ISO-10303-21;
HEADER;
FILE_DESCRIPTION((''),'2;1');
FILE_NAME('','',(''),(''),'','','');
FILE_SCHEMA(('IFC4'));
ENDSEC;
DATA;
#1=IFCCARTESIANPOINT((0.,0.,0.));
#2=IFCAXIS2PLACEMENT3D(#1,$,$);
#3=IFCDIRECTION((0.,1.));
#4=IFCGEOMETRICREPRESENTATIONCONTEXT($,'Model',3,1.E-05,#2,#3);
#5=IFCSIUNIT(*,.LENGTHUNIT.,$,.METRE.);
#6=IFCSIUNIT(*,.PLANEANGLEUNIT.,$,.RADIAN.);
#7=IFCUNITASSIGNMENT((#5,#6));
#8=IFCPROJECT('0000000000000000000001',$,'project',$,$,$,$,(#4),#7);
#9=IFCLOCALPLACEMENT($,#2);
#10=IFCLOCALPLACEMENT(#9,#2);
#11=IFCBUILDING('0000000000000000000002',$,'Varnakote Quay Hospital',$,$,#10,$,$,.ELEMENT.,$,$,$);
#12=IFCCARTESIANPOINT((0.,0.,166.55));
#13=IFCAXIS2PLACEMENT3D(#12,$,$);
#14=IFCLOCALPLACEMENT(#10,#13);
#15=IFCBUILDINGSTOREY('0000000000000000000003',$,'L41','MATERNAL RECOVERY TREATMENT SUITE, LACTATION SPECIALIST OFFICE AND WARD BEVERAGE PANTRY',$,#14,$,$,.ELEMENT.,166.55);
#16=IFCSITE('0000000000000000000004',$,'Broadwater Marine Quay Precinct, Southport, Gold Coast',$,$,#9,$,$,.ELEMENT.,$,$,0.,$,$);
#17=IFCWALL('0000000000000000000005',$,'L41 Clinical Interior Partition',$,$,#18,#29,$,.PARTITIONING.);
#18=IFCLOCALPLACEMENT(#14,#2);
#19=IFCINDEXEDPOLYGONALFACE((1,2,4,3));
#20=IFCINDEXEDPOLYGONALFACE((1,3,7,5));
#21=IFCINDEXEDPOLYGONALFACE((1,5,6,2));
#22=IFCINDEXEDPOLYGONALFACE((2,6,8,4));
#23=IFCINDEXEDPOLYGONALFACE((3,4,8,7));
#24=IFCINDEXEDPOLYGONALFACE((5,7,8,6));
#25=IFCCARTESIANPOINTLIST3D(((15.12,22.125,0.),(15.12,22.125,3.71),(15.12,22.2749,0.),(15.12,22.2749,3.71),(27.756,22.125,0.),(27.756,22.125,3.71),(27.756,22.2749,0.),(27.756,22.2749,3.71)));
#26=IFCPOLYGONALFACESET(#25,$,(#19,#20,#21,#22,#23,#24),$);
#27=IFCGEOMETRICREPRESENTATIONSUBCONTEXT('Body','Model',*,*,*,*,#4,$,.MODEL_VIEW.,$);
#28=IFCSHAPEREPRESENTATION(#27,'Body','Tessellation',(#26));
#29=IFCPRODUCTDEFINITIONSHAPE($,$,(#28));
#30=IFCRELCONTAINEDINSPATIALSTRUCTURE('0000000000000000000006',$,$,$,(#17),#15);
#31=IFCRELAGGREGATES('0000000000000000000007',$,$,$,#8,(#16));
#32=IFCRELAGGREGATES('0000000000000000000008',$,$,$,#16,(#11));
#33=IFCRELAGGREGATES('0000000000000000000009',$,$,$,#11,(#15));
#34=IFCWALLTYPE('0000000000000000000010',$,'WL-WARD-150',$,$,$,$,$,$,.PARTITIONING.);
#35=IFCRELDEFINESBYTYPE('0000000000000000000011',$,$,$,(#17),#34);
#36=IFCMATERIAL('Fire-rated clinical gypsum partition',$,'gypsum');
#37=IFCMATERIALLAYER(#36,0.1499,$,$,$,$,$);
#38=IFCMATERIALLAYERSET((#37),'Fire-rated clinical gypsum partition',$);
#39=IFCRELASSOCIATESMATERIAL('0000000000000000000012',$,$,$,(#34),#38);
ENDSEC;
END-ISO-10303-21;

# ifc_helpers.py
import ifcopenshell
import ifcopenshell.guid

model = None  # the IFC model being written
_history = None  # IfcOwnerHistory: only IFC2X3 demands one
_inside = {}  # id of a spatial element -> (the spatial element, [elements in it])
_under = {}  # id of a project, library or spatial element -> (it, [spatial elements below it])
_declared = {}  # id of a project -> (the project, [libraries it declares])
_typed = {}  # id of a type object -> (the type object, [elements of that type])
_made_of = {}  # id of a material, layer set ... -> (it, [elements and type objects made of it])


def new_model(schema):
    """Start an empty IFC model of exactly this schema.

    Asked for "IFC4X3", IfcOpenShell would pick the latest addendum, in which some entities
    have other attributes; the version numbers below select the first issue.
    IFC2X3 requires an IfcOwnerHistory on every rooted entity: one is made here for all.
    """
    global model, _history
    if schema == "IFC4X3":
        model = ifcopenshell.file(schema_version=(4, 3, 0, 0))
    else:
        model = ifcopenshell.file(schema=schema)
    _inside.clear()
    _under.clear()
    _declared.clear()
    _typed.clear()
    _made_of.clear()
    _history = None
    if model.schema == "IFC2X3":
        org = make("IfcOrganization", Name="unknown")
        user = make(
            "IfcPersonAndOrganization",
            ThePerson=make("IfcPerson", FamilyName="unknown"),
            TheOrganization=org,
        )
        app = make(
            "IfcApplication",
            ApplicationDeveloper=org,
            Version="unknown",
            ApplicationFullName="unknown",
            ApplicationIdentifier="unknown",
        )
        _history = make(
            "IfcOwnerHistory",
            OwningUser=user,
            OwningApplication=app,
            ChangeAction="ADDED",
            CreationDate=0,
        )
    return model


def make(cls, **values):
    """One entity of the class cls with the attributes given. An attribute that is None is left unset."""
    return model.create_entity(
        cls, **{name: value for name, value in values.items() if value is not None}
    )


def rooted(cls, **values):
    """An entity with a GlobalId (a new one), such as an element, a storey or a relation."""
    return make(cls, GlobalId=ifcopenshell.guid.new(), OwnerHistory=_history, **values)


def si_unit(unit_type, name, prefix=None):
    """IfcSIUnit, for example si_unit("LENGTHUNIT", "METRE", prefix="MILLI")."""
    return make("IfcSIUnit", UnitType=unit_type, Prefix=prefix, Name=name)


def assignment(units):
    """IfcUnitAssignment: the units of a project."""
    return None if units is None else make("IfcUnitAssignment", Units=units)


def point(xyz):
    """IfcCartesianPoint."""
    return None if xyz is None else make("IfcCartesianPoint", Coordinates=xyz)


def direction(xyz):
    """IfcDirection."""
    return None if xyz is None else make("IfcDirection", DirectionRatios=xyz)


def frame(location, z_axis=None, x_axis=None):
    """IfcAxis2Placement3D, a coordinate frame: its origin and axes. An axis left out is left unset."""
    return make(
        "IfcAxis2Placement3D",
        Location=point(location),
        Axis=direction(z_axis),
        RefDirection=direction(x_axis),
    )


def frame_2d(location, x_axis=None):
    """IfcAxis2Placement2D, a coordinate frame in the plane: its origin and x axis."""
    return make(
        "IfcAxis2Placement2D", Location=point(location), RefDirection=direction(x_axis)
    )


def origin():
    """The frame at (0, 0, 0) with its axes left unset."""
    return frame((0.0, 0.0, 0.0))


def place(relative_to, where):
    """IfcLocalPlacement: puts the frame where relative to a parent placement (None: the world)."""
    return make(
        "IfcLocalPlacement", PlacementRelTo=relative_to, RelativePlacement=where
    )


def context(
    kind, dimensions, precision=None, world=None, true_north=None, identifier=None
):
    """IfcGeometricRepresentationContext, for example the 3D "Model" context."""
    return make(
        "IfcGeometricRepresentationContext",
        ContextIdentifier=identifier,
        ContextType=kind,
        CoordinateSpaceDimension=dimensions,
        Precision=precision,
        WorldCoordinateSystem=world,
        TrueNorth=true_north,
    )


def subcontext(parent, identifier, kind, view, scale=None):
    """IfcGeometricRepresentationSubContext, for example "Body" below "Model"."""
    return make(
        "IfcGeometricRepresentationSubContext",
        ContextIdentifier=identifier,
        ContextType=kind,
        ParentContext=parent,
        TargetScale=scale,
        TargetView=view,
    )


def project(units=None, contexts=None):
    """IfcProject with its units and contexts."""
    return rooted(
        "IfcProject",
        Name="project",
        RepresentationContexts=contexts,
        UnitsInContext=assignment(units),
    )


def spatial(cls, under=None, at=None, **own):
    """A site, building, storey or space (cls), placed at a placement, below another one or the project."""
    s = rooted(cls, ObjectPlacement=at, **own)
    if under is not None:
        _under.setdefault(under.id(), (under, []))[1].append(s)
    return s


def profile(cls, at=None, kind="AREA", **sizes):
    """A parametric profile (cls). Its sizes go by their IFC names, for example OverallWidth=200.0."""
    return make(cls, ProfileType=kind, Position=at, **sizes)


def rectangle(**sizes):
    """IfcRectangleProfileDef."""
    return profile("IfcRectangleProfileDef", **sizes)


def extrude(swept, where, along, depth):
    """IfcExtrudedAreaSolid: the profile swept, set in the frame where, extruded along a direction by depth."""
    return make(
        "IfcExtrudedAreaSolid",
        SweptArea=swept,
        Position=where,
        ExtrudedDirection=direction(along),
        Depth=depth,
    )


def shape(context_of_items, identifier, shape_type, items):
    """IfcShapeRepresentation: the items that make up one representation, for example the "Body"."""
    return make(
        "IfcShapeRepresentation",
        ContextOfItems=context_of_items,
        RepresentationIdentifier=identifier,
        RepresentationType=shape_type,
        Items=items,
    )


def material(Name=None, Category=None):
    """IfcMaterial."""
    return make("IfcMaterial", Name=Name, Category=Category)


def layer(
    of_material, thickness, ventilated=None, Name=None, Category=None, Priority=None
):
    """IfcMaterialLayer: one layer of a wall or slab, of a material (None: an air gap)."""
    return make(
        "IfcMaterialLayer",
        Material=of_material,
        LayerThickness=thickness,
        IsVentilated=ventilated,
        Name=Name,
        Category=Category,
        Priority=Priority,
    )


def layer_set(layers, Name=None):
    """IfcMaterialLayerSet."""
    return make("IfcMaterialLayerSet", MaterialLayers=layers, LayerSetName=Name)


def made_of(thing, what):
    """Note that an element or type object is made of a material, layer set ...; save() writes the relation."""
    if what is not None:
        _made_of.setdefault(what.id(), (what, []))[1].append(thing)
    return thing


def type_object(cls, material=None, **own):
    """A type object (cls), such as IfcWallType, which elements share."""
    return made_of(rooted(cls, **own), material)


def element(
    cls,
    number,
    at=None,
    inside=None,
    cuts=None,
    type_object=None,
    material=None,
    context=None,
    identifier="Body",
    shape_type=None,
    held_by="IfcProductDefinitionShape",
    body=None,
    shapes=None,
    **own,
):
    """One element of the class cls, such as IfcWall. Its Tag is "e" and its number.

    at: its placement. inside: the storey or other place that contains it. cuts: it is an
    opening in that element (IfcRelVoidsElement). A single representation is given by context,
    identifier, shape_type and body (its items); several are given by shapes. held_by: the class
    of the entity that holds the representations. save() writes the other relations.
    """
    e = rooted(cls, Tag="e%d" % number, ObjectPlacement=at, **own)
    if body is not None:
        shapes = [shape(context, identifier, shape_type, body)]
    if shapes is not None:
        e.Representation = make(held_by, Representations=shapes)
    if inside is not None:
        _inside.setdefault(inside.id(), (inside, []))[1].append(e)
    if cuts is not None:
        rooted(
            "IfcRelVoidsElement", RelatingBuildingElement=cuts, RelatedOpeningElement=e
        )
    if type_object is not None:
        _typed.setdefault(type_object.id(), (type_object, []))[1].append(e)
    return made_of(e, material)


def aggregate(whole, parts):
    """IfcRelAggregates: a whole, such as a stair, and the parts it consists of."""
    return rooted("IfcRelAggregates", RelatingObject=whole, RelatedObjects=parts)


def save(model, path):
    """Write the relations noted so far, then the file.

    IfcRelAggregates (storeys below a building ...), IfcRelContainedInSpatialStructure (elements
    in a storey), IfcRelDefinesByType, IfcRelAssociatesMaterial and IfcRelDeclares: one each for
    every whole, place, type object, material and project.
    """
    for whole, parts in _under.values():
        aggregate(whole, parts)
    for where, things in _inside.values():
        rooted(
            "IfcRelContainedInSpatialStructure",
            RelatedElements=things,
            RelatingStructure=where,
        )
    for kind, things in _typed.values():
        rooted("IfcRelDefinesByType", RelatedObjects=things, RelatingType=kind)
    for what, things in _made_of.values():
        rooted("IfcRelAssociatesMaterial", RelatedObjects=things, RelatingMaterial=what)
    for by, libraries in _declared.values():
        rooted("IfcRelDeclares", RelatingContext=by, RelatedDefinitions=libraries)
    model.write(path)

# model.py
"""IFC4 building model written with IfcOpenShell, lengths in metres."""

from ifc_helpers import new_model, si_unit, direction, frame, frame_2d, origin, place, context, subcontext, project, spatial, rectangle, extrude, material, layer, layer_set, type_object, element, save


model = new_model("IFC4")

# Units and contexts
model_context = context("Model", 3, precision=1e-05, world=origin(), true_north=direction((0.0, 1.0)))
body_context = subcontext(model_context, "Body", "Model", "MODEL_VIEW")
ifc_project = project(units=[si_unit("LENGTHUNIT", "METRE"), si_unit("PLANEANGLEUNIT", "RADIAN")], contexts=[model_context])

# Site, building, storey
site_placement = place(None, origin())
site = spatial("IfcSite", under=ifc_project, at=site_placement, Name="Broadwater Marine Quay Precinct, Southport, Gold Coast", CompositionType="ELEMENT", RefElevation=0.0)
building_placement = place(site_placement, origin())
building = spatial("IfcBuilding", under=site, at=building_placement, Name="Varnakote Quay Hospital", CompositionType="ELEMENT")
storey_placement = place(building_placement, frame((0.0, 0.0, 166.55)))
storey = spatial("IfcBuildingStorey", under=building, at=storey_placement, Name="L41", Description="MATERNAL RECOVERY TREATMENT SUITE, LACTATION SPECIALIST OFFICE AND WARD BEVERAGE PANTRY", CompositionType="ELEMENT", Elevation=166.55)

# Shared definitions
ifc_material_1 = material(Name="Fire-rated clinical gypsum partition", Category="gypsum")
ifc_layer_1 = layer(ifc_material_1, 0.1499)
ifc_layer_set_1 = layer_set([ifc_layer_1], Name="Fire-rated clinical gypsum partition")
wall_type_1 = type_object("IfcWallType", Name="WL-WARD-150", PredefinedType="PARTITIONING", material=ifc_layer_set_1)

# Wall
wall_1_placement = place(storey_placement, frame((15.1201, 22.2, 0.0), z_axis=(0.0, 0.0, 1.0), x_axis=(1.0, 0.0, 0.0)))
element("IfcWall", 1, at=wall_1_placement, inside=storey, type_object=wall_type_1, Name="L41 Clinical Interior Partition", PredefinedType="PARTITIONING", context=body_context, shape_type="SweptSolid", body=[
    extrude(rectangle(XDim=12.636, YDim=0.1499, at=frame_2d((6.3179, 0.0))), origin(), (0.0, 0.0, 1.0), 3.71),
])

save(model, "model.ifc")
